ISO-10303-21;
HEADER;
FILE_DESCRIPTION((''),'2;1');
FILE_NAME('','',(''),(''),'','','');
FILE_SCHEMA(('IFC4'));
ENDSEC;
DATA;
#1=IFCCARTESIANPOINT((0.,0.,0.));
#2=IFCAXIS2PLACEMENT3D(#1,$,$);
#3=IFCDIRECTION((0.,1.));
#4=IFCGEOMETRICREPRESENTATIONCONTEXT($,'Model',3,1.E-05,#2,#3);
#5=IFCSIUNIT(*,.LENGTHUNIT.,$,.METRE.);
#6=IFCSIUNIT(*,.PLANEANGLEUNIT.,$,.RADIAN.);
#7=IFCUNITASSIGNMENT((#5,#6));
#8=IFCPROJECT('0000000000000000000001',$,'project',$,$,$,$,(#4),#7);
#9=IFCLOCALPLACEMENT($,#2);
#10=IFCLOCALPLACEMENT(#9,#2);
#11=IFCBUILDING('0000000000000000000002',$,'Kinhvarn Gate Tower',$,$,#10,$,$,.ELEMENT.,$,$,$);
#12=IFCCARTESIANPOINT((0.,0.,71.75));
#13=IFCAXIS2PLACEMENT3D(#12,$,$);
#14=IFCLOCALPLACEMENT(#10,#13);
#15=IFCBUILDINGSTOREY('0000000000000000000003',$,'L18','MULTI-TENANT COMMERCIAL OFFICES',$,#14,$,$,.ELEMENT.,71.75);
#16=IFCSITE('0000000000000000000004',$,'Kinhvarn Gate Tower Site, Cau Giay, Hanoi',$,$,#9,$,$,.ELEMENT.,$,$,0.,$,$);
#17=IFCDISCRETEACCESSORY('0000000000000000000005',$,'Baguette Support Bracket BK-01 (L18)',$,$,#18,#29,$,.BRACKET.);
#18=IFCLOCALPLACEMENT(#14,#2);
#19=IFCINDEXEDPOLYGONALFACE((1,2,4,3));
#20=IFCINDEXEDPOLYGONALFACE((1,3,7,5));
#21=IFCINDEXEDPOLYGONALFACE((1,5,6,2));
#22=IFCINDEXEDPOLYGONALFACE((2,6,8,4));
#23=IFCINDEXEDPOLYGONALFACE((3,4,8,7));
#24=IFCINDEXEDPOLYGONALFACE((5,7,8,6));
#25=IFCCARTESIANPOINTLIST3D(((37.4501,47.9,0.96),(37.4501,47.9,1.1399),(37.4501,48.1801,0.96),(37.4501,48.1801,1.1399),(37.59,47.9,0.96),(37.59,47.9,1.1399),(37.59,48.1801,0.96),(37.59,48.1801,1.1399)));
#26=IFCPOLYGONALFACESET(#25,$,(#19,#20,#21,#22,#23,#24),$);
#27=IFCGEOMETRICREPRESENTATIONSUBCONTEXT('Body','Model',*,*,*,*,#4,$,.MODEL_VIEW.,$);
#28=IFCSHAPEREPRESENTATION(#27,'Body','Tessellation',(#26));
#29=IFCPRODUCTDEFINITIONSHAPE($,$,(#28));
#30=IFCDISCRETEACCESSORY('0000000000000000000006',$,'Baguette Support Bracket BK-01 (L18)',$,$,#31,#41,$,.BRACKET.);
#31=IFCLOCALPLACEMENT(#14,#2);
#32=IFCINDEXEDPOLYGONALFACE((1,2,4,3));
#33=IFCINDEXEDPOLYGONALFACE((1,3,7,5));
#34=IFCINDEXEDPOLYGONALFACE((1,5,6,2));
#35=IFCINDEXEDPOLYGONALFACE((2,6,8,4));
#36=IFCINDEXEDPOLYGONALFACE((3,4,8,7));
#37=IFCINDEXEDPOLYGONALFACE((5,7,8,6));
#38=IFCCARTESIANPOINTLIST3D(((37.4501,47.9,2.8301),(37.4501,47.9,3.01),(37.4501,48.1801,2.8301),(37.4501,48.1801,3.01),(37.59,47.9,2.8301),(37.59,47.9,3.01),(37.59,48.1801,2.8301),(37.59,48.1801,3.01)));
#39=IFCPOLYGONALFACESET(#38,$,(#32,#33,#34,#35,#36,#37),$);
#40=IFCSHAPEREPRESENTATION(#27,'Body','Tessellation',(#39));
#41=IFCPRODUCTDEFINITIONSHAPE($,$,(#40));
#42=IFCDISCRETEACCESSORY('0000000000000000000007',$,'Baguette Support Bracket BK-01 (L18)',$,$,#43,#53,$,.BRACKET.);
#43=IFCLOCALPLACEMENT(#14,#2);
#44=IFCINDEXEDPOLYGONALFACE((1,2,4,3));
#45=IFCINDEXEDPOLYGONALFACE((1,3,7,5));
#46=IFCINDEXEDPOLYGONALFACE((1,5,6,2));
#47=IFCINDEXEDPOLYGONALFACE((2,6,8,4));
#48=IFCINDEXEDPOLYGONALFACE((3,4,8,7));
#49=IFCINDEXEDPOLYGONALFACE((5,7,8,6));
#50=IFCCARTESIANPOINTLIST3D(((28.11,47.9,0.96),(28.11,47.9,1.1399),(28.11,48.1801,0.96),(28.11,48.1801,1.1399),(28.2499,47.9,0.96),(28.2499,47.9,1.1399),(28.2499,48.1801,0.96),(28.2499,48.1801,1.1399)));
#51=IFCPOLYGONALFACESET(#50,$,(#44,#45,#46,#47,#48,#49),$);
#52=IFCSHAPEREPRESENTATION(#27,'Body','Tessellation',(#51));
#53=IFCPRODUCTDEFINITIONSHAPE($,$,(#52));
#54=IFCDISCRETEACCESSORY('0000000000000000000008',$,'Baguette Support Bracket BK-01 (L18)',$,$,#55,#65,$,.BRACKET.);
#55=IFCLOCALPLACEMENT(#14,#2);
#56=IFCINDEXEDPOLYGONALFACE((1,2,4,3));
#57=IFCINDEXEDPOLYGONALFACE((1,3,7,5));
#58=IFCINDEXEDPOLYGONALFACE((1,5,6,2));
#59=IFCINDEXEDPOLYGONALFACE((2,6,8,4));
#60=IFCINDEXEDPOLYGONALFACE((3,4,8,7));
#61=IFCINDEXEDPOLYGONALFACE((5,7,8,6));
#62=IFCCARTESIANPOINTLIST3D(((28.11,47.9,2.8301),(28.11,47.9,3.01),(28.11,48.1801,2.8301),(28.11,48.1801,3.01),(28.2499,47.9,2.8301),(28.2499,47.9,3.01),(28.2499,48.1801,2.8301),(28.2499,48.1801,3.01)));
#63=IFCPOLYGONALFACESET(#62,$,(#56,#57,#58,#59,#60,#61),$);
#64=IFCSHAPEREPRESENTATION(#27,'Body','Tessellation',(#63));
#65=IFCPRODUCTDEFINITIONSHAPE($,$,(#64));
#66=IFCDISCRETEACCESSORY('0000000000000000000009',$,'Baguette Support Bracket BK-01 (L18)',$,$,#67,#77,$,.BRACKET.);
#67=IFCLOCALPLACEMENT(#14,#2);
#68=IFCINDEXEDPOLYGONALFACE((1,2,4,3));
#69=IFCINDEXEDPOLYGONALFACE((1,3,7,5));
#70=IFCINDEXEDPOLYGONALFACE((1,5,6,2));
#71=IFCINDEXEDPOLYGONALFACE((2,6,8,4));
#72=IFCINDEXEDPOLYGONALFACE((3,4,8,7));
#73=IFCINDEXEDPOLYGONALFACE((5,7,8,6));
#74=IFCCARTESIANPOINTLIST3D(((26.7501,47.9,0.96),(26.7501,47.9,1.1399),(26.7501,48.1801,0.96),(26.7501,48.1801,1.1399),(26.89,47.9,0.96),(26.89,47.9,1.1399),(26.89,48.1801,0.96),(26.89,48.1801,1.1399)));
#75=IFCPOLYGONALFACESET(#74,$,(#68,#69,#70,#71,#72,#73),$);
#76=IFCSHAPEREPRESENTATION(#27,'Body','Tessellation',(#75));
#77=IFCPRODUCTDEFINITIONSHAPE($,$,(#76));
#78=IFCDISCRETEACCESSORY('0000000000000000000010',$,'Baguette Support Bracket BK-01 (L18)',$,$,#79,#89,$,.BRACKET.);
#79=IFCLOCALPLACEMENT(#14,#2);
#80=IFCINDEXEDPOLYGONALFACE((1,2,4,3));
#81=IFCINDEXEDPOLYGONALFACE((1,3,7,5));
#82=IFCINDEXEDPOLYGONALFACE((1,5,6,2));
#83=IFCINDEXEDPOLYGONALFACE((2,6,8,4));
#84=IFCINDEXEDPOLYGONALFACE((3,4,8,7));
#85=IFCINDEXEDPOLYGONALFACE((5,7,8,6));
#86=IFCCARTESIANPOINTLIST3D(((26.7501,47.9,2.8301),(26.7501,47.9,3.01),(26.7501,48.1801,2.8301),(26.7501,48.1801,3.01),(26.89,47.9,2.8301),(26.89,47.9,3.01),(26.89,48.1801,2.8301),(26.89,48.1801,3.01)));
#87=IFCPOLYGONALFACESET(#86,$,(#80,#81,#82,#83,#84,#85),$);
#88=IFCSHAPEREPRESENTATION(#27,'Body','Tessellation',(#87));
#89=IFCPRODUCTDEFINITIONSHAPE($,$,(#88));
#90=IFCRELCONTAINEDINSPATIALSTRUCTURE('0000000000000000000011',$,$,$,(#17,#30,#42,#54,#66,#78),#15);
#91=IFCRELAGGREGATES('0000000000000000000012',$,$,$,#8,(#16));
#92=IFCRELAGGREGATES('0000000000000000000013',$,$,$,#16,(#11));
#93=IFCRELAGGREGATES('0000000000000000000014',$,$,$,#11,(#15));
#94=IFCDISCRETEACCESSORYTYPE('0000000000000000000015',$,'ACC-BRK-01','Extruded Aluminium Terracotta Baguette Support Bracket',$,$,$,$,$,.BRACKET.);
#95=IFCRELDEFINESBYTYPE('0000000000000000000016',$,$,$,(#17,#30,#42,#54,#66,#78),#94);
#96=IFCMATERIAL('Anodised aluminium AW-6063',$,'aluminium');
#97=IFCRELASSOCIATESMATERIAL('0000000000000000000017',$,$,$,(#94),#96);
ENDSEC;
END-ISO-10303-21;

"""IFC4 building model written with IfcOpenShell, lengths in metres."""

from ifc_helpers import new_model, si_unit, direction, frame, origin, origin_2d, place, context, subcontext, project, spatial, rectangle, extrude, material, type_object, element, save


model = new_model("IFC4")

# Units and contexts
model_context = context("Model", 3, precision=1e-05, world=origin(), true_north=direction((0.0, 1.0)))
body_context = subcontext(model_context, "Body", "Model", "MODEL_VIEW")
ifc_project = project(units=[si_unit("LENGTHUNIT", "METRE"), si_unit("PLANEANGLEUNIT", "RADIAN")], contexts=[model_context])

# Site, building, storey
site_placement = place(None, origin())
site = spatial("IfcSite", under=ifc_project, at=site_placement, Name="Kinhvarn Gate Tower Site, Cau Giay, Hanoi", CompositionType="ELEMENT", RefElevation=0.0)
building_placement = place(site_placement, origin())
building = spatial("IfcBuilding", under=site, at=building_placement, Name="Kinhvarn Gate Tower", CompositionType="ELEMENT")
storey_placement = place(building_placement, frame((0.0, 0.0, 71.75)))
storey = spatial("IfcBuildingStorey", under=building, at=storey_placement, Name="L18", Description="MULTI-TENANT COMMERCIAL OFFICES", CompositionType="ELEMENT", Elevation=71.75)

# Shared definitions
ifc_material_1 = material(Name="Anodised aluminium AW-6063", Category="aluminium")

# Discrete accessories
discrete_accessory_type = type_object("IfcDiscreteAccessoryType", Name="ACC-BRK-01", Description="Extruded Aluminium Terracotta Baguette Support Bracket", PredefinedType="BRACKET", material=ifc_material_1)
for number, where, z_axis, x_axis, name in (
    (1, (37.52, 48.04, 0.96), (0.0, 0.0, 1.0), (-1.0, 0.0, 0.0), "Baguette Support Bracket BK-01 (L18)"),
    (2, (37.52, 48.04, 2.8301), (0.0, 0.0, 1.0), (-1.0, 0.0, 0.0), "Baguette Support Bracket BK-01 (L18)"),
    (3, (28.1799, 48.04, 0.96), (0.0, 0.0, 1.0), (-1.0, 0.0, 0.0), "Baguette Support Bracket BK-01 (L18)"),
    (4, (28.1799, 48.04, 2.8301), (0.0, 0.0, 1.0), (-1.0, 0.0, 0.0), "Baguette Support Bracket BK-01 (L18)"),
    (5, (26.8201, 48.04, 0.96), (0.0, 0.0, 1.0), (-1.0, 0.0, 0.0), "Baguette Support Bracket BK-01 (L18)"),
    (6, (26.8201, 48.04, 2.8301), (0.0, 0.0, 1.0), (-1.0, 0.0, 0.0), "Baguette Support Bracket BK-01 (L18)"),
):
    element("IfcDiscreteAccessory", number, at=place(storey_placement, frame(where, z_axis=z_axis, x_axis=x_axis)), inside=storey, type_object=discrete_accessory_type, Name=name, PredefinedType="BRACKET", context=body_context, shape_type="SweptSolid", body=[
        extrude(rectangle(XDim=0.1399, YDim=0.28, at=origin_2d()), origin(), (0.0, 0.0, 1.0), 0.1799),
    ])

save(model, "model.ifc")
